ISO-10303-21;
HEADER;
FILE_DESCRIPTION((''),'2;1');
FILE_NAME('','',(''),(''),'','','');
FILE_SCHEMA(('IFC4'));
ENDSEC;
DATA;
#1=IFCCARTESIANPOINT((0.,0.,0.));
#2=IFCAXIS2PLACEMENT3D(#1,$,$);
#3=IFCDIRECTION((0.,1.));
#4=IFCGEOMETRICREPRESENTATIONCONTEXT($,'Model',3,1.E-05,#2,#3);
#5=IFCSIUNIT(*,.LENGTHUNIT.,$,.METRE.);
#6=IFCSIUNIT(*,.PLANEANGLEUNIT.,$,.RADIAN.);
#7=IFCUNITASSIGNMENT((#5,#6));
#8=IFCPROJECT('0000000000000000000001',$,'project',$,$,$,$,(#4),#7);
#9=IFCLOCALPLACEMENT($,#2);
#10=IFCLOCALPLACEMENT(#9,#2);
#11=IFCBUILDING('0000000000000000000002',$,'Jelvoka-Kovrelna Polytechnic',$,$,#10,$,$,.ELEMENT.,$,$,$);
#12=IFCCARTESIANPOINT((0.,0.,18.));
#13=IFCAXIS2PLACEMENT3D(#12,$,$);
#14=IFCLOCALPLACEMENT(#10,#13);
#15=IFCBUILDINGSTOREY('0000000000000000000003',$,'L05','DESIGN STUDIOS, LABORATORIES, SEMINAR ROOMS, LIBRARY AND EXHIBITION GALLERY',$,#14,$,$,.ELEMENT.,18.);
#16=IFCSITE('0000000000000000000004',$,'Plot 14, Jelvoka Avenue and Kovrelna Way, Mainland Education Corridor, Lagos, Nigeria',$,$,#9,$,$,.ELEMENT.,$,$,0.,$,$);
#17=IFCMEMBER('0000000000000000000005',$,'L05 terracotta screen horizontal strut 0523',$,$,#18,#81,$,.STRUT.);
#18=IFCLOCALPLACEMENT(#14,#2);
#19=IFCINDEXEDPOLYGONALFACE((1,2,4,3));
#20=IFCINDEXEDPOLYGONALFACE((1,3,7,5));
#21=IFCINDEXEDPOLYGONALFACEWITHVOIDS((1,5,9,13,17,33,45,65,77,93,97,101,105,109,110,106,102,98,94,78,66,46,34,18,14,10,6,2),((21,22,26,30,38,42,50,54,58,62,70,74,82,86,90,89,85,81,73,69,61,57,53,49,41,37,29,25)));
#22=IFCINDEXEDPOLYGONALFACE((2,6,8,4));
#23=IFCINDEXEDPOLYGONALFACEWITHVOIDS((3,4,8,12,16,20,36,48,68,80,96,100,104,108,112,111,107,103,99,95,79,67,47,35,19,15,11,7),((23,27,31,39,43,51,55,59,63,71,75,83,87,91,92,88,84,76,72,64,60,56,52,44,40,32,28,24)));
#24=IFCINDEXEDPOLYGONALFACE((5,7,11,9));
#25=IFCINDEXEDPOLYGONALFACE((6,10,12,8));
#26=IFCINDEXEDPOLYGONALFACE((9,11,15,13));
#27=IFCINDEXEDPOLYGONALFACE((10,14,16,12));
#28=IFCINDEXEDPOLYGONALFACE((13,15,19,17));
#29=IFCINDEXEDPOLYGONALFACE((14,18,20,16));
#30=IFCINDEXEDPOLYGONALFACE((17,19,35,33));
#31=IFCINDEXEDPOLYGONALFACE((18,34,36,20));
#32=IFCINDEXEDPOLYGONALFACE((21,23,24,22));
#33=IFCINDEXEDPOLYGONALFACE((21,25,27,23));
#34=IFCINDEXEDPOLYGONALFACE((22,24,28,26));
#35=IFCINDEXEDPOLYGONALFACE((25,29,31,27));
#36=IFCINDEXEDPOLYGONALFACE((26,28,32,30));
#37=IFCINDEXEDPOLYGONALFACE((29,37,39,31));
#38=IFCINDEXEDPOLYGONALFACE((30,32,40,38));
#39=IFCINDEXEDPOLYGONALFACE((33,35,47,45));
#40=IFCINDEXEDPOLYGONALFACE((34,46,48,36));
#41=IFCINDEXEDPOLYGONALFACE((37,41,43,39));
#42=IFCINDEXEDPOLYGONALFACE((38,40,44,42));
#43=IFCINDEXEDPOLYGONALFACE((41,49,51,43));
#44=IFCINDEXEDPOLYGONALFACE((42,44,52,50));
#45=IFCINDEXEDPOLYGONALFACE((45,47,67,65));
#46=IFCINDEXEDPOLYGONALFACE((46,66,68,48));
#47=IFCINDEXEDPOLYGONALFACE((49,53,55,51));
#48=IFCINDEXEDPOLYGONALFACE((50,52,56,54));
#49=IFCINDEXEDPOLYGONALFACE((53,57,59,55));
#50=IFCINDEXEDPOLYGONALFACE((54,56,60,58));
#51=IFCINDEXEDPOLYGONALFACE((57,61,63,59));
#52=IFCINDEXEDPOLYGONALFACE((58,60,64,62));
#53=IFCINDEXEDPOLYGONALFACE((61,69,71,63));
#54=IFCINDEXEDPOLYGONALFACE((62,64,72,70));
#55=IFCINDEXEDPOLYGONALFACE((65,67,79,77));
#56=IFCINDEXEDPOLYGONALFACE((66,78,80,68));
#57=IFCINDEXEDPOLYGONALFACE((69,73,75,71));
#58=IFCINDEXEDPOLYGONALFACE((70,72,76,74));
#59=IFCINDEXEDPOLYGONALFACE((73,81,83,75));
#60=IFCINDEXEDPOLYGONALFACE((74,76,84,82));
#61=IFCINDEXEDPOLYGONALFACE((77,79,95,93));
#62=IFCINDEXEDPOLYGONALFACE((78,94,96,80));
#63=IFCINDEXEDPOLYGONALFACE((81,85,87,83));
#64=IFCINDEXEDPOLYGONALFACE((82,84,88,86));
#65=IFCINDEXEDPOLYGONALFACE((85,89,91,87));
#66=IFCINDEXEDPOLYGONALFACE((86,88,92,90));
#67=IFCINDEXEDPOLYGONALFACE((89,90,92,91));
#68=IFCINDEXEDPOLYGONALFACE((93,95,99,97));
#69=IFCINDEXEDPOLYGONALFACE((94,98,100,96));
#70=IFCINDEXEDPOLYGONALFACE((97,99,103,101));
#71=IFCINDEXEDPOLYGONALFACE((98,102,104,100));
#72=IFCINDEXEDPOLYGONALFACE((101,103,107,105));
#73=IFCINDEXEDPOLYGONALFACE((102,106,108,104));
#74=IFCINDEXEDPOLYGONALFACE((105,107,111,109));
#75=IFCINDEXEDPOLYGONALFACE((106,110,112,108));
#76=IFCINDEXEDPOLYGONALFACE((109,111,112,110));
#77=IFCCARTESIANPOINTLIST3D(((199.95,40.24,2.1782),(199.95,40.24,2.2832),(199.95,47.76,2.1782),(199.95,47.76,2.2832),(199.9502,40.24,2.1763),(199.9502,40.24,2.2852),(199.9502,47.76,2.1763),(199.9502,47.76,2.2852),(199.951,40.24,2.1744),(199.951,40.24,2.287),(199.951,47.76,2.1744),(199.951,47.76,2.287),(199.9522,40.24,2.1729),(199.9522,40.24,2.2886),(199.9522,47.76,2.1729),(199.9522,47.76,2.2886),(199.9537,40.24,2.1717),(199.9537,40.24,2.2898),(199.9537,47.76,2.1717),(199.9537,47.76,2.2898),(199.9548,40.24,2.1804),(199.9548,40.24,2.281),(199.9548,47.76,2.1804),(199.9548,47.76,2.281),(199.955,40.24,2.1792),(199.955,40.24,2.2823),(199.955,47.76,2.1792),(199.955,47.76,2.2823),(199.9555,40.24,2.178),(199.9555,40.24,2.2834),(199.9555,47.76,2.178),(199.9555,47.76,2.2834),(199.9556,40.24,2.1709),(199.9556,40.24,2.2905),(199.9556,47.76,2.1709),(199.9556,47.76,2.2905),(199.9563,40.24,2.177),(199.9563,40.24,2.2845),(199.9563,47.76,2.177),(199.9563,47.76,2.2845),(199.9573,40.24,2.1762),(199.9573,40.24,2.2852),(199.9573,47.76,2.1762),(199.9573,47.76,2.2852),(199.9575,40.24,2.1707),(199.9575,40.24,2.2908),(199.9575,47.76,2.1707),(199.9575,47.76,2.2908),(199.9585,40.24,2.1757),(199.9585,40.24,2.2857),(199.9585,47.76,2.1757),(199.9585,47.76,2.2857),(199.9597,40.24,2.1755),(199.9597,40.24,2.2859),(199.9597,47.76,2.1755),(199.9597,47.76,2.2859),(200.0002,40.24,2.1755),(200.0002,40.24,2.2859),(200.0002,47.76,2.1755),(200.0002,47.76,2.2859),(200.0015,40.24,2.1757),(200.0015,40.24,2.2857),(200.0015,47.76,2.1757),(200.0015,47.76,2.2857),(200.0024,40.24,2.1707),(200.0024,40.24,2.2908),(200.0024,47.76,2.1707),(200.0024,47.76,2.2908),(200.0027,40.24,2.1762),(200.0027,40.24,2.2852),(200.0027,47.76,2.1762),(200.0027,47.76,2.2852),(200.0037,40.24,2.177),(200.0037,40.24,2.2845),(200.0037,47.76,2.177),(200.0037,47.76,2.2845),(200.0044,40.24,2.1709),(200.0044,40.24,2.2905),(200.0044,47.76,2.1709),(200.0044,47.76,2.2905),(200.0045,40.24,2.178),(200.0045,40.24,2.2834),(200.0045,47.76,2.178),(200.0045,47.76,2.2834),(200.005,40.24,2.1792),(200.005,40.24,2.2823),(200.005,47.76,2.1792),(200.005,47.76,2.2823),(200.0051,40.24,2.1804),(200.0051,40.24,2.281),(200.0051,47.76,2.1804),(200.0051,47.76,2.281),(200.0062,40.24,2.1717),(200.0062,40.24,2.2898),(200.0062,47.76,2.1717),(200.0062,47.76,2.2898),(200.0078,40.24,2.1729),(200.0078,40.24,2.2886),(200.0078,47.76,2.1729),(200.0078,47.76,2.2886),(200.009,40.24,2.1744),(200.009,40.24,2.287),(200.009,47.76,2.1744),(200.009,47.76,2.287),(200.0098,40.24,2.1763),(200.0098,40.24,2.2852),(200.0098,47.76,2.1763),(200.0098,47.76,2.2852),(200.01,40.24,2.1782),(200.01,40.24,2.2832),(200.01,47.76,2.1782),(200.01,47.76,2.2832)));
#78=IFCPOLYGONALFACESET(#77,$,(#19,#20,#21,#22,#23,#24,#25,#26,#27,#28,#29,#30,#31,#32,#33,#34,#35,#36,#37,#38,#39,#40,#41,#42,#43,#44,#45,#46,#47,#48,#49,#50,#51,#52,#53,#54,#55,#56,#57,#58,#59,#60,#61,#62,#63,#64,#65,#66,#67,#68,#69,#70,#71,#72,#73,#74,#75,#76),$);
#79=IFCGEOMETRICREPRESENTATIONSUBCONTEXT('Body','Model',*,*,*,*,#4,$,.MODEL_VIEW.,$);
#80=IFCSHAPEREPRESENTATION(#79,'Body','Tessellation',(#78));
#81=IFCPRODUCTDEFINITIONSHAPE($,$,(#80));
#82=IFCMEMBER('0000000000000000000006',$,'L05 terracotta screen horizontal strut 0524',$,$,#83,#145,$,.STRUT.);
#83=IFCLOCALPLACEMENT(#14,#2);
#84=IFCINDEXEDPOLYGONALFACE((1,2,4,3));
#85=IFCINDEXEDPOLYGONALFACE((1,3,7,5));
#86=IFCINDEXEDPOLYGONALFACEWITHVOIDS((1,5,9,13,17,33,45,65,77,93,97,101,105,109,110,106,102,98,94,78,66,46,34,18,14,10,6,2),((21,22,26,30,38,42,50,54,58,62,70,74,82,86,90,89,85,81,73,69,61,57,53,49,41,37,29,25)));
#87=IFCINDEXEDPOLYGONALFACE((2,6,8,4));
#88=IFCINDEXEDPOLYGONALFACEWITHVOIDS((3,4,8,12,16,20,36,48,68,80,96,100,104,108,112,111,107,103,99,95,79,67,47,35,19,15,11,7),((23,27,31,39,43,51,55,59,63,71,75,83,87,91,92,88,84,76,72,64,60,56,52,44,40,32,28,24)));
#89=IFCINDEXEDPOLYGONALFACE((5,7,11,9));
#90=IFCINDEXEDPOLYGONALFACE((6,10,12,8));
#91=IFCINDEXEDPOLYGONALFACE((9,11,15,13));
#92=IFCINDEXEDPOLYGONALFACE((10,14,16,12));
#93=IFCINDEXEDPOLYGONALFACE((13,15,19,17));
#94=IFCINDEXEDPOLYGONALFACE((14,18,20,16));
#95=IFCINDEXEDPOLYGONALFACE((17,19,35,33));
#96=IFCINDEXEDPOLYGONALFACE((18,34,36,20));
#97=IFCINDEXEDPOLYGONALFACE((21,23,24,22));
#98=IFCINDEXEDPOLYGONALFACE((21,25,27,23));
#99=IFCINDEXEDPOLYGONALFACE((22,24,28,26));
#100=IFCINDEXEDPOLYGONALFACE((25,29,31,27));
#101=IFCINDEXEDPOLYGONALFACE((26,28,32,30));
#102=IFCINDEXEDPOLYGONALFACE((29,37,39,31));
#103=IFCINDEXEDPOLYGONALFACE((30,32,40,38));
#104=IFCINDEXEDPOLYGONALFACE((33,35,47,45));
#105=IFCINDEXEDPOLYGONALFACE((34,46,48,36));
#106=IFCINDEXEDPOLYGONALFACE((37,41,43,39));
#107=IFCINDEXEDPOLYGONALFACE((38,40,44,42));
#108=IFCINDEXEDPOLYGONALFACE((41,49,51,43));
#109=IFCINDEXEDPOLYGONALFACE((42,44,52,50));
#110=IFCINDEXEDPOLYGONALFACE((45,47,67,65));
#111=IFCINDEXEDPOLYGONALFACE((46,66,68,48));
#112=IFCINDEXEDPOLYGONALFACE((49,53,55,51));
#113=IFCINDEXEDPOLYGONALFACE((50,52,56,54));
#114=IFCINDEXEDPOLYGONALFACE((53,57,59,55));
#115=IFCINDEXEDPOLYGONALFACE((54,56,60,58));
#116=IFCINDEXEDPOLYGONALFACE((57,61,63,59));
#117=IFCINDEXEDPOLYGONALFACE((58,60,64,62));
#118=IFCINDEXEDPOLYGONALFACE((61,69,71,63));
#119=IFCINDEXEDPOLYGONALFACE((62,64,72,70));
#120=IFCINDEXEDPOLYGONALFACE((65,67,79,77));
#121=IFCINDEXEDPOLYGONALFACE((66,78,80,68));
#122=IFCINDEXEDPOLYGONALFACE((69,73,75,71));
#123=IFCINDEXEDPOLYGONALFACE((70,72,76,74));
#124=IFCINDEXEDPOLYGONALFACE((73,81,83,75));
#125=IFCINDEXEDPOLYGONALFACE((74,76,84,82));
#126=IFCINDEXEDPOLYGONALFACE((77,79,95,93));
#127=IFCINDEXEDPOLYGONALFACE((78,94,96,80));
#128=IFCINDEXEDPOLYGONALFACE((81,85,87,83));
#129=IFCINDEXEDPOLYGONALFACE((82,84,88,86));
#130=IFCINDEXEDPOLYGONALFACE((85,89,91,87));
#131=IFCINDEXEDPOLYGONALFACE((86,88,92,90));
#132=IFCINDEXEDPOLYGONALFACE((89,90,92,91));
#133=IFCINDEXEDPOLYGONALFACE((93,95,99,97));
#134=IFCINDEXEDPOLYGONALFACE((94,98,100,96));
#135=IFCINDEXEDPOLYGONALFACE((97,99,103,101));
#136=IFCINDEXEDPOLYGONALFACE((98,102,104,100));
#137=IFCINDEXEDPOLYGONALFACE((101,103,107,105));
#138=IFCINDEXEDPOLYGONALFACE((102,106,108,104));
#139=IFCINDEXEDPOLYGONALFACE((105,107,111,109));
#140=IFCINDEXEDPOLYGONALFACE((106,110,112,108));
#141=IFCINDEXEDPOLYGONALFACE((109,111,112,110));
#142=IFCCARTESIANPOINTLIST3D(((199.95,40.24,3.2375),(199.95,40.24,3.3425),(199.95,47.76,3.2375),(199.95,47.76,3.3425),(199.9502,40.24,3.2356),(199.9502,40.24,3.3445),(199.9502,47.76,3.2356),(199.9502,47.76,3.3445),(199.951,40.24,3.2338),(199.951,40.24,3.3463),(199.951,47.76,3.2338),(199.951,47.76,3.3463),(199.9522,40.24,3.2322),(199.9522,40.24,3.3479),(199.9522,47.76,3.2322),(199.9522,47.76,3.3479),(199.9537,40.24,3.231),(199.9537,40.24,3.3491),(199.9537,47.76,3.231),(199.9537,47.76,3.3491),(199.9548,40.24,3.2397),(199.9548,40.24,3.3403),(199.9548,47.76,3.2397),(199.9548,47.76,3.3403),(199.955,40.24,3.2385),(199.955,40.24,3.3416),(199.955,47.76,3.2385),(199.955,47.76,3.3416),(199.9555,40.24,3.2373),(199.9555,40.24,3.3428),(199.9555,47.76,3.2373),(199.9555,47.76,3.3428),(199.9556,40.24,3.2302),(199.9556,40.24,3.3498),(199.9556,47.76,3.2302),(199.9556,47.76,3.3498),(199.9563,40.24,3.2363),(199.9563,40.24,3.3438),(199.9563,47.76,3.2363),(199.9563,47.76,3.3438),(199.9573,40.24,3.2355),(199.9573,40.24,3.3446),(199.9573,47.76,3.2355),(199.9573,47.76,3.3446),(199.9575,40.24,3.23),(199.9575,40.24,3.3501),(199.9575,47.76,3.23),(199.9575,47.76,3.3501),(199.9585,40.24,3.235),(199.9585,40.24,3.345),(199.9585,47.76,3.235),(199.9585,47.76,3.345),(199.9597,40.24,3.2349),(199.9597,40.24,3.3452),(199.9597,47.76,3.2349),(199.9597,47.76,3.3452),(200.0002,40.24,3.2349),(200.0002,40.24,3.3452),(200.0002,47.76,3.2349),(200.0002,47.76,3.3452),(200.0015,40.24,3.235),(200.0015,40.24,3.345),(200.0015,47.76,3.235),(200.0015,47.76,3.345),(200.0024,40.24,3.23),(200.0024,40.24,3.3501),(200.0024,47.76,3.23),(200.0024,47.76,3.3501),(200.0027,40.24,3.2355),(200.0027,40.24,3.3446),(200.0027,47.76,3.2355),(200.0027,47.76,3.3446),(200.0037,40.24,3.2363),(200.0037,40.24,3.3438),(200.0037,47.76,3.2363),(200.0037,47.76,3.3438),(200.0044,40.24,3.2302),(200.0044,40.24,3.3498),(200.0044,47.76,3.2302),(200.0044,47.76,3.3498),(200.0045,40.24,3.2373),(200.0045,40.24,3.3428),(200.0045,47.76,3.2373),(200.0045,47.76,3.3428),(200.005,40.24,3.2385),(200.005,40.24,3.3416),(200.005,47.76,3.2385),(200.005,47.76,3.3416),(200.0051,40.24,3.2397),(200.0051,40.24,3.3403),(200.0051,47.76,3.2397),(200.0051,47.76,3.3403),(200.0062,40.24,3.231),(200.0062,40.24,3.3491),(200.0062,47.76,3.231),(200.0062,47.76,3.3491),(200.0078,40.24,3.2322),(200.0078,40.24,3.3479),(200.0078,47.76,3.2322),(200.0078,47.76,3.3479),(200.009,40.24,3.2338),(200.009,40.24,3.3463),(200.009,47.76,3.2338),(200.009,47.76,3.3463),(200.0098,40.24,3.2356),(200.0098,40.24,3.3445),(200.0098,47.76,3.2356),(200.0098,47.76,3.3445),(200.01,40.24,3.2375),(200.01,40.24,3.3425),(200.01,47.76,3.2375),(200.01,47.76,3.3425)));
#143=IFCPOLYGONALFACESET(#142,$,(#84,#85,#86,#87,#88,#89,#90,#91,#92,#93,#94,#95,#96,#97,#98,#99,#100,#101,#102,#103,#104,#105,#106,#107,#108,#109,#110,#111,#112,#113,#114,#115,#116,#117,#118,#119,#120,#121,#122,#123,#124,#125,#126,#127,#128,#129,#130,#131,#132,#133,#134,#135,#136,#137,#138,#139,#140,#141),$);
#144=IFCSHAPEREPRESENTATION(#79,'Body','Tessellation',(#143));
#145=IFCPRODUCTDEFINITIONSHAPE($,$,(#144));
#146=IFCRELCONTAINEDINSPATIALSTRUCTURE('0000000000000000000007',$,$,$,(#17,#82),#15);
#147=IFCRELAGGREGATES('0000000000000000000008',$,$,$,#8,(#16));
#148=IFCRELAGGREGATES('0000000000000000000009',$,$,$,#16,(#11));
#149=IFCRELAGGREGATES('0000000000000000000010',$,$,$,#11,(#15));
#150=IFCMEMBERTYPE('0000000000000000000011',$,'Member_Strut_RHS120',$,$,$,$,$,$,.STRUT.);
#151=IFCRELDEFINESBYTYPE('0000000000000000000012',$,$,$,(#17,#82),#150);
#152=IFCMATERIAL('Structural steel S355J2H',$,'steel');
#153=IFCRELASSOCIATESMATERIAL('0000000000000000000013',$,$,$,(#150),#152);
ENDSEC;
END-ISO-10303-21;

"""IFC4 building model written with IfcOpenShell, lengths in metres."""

from ifc_helpers import new_model, si_unit, direction, frame, origin, origin_2d, place, context, subcontext, project, spatial, hollow_rectangle, extrude, material, material_profile, profile_set, type_object, element, save


model = new_model("IFC4")

# Units and contexts
model_context = context("Model", 3, precision=1e-05, world=origin(), true_north=direction((0.0, 1.0)))
body_context = subcontext(model_context, "Body", "Model", "MODEL_VIEW")
ifc_project = project(units=[si_unit("LENGTHUNIT", "METRE"), si_unit("PLANEANGLEUNIT", "RADIAN")], contexts=[model_context])

# Site, building, storey
site_placement = place(None, origin())
site = spatial("IfcSite", under=ifc_project, at=site_placement, Name="Plot 14, Jelvoka Avenue and Kovrelna Way, Mainland Education Corridor, Lagos, Nigeria", CompositionType="ELEMENT", RefElevation=0.0)
building_placement = place(site_placement, origin())
building = spatial("IfcBuilding", under=site, at=building_placement, Name="Jelvoka-Kovrelna Polytechnic", CompositionType="ELEMENT")
storey_placement = place(building_placement, frame((0.0, 0.0, 18.0)))
storey = spatial("IfcBuildingStorey", under=building, at=storey_placement, Name="L05", Description="DESIGN STUDIOS, LABORATORIES, SEMINAR ROOMS, LIBRARY AND EXHIBITION GALLERY", CompositionType="ELEMENT", Elevation=18.0)

# Members
ifc_material_1 = material(Name="Structural steel S355J2H", Category="steel")
ifc_material_profile_1 = material_profile(ifc_material_1, hollow_rectangle(XDim=0.0601, YDim=0.1201, WallThickness=0.0049, InnerFilletRadius=0.0049, OuterFilletRadius=0.0076, at=origin_2d()), Name="120x60x5.0 RHS")
ifc_profile_set_1 = profile_set([ifc_material_profile_1], Name="Structural steel S355J2H")
member_type_1 = type_object("IfcMemberType", Name="Member_Strut_RHS120", PredefinedType="STRUT", material=ifc_profile_set_1)
for number, where, z_axis, x_axis, name in (
    (1, (199.98, 40.24, 2.2307), (0.0, 1.0, 0.0), (-1.0, 0.0, 0.0), "L05 terracotta screen horizontal strut 0523"),
    (2, (199.98, 40.24, 3.29), (0.0, 1.0, 0.0), (-1.0, 0.0, 0.0), "L05 terracotta screen horizontal strut 0524"),
):
    element("IfcMember", number, at=place(storey_placement, frame(where, z_axis=z_axis, x_axis=x_axis)), inside=storey, type_object=member_type_1, Name=name, PredefinedType="STRUT", context=body_context, shape_type="SweptSolid", body=[
        extrude(hollow_rectangle(XDim=0.0601, YDim=0.1201, WallThickness=0.0049, InnerFilletRadius=0.0049, OuterFilletRadius=0.0076, at=origin_2d()), origin(), (0.0, 0.0, 1.0), 7.52),
    ])

save(model, "model.ifc")
